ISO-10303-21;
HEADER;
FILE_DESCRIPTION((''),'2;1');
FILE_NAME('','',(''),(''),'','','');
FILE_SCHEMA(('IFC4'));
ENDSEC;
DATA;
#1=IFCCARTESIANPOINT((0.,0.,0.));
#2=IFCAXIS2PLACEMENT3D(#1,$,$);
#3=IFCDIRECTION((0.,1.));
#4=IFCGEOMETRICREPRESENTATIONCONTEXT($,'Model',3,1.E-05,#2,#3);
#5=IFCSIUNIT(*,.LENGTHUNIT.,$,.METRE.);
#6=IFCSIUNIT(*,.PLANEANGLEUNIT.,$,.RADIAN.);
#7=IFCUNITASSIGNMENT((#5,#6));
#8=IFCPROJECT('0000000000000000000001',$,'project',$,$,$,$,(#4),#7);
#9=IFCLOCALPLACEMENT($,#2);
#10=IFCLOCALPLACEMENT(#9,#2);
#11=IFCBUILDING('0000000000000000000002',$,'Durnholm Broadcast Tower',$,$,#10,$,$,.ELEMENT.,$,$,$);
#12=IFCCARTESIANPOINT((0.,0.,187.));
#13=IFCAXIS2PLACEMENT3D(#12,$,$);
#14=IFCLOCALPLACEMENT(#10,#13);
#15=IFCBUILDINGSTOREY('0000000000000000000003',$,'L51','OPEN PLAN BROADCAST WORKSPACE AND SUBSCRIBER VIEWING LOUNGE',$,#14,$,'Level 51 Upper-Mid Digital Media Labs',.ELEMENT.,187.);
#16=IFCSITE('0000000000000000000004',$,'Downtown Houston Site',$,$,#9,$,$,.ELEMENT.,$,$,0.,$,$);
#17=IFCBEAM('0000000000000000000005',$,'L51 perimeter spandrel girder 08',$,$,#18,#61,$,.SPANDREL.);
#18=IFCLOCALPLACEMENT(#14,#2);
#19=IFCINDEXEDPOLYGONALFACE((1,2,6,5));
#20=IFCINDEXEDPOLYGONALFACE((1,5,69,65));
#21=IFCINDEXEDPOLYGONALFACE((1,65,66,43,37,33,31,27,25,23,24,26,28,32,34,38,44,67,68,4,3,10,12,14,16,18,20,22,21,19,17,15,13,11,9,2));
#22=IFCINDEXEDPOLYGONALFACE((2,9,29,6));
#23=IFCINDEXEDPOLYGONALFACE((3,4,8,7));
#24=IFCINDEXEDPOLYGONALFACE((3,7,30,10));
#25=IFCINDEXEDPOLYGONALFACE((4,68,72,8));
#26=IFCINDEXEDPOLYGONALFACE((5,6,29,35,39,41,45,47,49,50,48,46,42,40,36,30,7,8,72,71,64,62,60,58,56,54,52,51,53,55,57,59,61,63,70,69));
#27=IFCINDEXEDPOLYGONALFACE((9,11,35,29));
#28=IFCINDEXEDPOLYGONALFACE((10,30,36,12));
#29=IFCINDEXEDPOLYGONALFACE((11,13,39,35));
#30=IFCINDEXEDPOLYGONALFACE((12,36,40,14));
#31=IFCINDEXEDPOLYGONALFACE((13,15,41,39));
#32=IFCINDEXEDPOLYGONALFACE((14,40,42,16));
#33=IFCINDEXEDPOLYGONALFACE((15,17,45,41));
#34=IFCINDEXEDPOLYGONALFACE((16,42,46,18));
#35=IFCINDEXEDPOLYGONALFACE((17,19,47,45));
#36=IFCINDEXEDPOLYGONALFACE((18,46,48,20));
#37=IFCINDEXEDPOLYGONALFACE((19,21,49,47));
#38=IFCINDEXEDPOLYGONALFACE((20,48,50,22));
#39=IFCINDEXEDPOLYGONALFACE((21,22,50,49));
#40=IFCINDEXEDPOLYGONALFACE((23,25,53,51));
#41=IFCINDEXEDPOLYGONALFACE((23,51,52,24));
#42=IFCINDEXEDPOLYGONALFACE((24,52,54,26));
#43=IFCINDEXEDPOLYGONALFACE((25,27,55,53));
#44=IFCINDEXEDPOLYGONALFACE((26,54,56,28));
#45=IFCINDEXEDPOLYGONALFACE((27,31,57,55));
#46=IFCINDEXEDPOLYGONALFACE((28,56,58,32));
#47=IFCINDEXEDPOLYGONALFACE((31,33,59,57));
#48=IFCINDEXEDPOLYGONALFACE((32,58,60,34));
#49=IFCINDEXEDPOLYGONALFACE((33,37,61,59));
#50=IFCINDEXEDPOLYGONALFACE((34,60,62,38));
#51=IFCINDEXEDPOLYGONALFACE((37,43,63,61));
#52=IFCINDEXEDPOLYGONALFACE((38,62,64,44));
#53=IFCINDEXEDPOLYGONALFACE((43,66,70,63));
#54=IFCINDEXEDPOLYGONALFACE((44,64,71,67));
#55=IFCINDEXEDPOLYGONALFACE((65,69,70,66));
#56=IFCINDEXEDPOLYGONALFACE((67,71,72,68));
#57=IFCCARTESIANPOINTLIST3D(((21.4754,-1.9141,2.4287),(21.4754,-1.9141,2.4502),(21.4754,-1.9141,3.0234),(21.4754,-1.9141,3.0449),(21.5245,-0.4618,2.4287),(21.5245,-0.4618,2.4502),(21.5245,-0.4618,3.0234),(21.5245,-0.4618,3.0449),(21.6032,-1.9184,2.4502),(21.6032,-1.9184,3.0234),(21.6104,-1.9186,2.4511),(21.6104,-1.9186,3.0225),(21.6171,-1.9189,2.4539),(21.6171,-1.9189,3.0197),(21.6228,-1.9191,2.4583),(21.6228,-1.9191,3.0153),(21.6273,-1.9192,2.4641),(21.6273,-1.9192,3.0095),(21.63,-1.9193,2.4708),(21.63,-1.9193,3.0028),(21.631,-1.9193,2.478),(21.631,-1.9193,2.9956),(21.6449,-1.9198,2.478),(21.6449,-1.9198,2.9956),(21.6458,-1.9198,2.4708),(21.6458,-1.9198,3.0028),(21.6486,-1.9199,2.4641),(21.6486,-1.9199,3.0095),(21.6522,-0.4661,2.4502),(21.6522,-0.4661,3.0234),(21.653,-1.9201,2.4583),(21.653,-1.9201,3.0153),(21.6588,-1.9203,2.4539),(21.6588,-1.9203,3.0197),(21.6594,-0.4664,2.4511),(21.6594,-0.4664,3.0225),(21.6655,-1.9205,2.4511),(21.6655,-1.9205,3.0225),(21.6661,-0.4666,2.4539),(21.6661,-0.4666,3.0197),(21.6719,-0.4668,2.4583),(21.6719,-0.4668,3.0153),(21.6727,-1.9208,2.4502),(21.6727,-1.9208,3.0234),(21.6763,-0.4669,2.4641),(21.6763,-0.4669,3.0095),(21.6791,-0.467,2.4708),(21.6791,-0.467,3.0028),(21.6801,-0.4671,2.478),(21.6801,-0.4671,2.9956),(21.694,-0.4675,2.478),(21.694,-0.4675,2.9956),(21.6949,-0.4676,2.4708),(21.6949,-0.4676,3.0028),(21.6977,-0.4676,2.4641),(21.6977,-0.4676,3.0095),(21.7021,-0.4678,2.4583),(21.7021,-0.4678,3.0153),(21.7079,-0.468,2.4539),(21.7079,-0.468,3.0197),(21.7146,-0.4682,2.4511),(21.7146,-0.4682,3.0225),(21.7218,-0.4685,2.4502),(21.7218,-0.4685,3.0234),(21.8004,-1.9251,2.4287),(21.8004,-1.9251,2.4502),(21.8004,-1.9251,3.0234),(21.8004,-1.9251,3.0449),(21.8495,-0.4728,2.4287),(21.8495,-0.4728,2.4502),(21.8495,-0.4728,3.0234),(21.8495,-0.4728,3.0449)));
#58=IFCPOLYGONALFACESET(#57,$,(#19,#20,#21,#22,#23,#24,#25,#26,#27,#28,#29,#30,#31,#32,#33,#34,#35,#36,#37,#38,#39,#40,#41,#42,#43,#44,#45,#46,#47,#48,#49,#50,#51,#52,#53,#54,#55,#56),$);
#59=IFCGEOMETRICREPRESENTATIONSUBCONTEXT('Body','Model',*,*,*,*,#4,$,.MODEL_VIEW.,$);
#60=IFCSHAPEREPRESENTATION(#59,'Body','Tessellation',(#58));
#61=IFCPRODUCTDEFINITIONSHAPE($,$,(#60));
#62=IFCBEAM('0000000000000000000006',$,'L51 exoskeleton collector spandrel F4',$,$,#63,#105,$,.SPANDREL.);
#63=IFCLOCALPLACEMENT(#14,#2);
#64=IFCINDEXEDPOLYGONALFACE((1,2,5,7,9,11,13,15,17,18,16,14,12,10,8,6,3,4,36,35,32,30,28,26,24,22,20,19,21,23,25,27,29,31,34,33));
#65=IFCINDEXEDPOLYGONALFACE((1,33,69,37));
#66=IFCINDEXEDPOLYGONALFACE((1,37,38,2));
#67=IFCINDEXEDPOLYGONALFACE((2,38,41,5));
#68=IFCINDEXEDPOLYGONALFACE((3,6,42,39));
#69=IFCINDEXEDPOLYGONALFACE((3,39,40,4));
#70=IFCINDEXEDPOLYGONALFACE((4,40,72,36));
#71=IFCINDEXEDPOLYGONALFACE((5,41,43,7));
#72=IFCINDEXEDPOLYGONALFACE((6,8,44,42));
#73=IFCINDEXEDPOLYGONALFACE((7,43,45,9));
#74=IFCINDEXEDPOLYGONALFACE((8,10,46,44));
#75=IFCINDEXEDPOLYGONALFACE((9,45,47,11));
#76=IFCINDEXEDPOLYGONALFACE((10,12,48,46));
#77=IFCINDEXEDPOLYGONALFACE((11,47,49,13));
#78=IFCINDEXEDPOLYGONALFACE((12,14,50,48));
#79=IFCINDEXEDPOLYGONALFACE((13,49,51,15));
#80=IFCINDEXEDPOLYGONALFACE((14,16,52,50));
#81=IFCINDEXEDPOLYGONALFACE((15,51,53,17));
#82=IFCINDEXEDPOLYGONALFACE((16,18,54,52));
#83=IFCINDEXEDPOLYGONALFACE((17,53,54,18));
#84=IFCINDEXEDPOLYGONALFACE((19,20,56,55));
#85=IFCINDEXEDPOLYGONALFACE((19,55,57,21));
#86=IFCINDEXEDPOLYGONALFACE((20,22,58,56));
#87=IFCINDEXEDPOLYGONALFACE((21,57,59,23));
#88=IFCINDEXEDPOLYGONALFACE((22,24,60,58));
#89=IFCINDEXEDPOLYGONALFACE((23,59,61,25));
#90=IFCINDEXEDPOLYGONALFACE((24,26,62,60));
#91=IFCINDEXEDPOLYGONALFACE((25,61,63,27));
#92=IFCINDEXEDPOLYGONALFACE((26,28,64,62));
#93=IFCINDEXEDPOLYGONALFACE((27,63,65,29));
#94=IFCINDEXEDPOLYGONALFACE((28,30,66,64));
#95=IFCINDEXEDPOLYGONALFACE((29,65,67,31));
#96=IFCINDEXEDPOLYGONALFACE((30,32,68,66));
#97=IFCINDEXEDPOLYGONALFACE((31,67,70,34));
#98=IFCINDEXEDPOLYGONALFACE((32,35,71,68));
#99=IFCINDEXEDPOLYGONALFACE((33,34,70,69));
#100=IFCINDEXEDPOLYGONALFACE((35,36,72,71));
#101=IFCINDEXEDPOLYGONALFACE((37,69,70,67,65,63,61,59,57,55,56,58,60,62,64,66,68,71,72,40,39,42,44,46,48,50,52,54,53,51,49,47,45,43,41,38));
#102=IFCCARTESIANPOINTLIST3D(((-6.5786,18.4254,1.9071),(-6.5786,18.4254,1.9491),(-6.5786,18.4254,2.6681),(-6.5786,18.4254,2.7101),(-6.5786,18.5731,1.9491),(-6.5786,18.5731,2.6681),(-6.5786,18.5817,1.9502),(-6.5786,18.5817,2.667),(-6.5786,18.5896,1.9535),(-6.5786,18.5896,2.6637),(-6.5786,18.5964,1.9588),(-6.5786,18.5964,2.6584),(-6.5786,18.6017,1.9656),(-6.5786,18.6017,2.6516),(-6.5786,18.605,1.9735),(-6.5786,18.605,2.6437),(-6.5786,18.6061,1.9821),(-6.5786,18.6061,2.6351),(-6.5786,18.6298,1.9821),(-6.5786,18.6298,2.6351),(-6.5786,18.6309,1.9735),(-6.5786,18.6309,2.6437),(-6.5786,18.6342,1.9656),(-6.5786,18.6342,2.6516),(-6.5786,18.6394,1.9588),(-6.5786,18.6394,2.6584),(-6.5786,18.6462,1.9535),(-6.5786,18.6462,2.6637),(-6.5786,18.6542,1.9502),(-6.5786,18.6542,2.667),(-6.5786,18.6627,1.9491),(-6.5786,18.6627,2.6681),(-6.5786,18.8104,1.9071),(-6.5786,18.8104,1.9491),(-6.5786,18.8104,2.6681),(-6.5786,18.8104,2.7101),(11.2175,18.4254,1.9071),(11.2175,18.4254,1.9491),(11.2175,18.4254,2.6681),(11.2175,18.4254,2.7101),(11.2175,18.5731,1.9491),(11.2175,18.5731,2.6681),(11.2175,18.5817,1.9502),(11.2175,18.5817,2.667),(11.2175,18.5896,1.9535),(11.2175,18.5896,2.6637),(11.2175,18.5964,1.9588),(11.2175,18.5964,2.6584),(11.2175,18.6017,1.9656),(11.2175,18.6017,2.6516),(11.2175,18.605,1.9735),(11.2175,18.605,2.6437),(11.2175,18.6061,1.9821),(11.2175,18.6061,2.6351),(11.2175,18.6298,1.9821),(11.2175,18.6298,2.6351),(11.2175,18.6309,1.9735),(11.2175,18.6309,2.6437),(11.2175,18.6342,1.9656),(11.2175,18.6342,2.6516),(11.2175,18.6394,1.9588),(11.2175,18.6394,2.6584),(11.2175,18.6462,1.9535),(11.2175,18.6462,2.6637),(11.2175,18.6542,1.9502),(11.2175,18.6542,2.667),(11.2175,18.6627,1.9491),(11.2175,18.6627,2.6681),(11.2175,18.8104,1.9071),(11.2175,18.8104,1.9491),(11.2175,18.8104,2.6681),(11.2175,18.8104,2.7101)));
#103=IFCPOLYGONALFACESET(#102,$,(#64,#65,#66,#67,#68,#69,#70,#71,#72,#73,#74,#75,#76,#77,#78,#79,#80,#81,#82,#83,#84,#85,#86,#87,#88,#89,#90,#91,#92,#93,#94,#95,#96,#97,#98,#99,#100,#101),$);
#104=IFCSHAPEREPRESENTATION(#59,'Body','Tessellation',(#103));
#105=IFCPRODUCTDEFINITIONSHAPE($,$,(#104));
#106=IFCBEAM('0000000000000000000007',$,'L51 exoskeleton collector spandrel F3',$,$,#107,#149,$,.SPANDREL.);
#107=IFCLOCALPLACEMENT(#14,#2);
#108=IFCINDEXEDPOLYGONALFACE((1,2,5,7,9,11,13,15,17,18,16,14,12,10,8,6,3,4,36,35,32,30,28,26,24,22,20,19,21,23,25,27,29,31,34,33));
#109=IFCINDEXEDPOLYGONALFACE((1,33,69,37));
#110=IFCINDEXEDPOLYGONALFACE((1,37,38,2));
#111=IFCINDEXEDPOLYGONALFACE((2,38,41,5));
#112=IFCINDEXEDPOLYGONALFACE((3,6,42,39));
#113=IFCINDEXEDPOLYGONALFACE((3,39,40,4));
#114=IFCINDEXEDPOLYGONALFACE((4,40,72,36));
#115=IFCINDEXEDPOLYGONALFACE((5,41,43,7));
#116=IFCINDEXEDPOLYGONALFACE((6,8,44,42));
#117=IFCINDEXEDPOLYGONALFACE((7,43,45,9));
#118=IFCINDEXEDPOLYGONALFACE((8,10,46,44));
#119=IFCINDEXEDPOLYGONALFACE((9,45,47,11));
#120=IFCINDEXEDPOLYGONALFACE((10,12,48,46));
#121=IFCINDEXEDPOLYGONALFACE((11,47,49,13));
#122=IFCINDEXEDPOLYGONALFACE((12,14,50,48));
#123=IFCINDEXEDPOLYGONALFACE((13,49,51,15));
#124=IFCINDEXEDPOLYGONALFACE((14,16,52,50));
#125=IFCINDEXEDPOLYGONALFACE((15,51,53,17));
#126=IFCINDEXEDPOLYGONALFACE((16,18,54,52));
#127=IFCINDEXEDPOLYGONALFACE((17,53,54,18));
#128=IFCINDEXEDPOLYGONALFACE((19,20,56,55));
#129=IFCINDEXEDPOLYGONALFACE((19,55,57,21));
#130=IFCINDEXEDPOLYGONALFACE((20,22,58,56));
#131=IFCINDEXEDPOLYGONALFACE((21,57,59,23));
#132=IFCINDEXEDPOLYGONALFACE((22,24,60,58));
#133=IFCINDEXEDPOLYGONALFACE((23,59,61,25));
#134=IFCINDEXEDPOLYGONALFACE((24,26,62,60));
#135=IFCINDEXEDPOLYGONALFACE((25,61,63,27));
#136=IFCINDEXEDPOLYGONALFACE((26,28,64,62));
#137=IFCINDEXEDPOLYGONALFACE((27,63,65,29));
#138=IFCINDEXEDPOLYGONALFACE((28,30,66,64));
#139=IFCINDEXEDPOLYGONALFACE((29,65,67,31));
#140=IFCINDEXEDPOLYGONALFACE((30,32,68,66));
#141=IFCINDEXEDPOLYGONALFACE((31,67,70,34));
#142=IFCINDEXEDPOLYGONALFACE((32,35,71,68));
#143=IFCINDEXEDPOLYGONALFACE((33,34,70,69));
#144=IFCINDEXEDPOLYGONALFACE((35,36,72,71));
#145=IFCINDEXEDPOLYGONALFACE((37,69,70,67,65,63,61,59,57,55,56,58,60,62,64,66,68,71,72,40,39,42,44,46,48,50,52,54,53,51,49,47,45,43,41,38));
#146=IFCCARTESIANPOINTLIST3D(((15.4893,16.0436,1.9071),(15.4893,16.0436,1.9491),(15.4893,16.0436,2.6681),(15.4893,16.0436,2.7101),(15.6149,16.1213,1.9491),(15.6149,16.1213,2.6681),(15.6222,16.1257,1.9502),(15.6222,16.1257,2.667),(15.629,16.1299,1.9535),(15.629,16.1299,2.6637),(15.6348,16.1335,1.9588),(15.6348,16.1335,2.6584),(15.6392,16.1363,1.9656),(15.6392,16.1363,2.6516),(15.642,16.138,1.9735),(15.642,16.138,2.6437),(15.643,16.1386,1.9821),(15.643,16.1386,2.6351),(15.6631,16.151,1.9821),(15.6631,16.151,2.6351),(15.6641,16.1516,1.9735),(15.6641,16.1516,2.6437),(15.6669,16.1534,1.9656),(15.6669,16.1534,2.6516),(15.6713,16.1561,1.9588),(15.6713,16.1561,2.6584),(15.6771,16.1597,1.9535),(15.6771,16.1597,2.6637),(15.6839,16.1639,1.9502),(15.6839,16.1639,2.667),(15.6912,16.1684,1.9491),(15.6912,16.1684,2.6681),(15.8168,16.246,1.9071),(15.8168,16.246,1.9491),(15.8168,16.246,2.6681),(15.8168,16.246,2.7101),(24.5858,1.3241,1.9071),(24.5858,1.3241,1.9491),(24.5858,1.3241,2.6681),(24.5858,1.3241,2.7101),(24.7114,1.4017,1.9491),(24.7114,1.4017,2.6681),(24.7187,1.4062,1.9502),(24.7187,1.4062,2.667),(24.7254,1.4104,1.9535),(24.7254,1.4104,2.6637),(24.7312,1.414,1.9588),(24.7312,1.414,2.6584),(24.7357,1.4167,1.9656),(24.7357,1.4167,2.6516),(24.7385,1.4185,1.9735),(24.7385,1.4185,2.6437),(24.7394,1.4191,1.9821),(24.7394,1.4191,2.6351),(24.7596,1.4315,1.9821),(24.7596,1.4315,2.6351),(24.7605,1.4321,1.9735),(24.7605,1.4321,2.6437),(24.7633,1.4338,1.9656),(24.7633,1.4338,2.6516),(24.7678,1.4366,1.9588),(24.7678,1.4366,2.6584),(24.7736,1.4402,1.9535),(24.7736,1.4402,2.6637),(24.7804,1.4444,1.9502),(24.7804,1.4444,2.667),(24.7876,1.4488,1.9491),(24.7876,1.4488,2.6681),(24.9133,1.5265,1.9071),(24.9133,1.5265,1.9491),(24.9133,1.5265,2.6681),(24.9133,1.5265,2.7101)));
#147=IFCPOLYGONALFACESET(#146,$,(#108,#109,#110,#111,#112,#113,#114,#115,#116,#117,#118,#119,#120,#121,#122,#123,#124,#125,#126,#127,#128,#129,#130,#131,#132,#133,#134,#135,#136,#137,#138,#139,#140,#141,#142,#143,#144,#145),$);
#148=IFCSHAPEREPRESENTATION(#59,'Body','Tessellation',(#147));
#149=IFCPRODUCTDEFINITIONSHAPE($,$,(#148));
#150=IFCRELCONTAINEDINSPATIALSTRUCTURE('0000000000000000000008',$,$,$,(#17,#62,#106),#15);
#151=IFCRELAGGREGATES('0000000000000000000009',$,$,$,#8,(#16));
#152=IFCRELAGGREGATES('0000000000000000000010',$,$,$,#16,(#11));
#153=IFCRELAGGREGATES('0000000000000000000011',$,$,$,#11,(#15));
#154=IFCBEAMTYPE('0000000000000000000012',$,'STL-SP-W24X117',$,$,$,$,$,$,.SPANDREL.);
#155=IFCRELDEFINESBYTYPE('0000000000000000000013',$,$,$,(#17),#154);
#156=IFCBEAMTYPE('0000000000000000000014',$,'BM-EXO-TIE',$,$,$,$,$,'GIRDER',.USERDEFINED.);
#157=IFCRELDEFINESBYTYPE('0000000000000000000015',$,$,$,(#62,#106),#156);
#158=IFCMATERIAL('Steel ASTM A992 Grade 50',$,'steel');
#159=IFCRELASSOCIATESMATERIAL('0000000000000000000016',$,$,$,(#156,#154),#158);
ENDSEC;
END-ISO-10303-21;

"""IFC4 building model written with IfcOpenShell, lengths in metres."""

from ifc_helpers import new_model, si_unit, direction, frame, origin, origin_2d, place, context, subcontext, project, spatial, i_section, extrude, source, transform, mapped, material, material_profile, profile_set, type_object, element, save


model = new_model("IFC4")

# Units and contexts
model_context = context("Model", 3, precision=1e-05, world=origin(), true_north=direction((0.0, 1.0)))
body_context = subcontext(model_context, "Body", "Model", "MODEL_VIEW")
ifc_project = project(units=[si_unit("LENGTHUNIT", "METRE"), si_unit("PLANEANGLEUNIT", "RADIAN")], contexts=[model_context])

# Site, building, storey
site_placement = place(None, origin())
site = spatial("IfcSite", under=ifc_project, at=site_placement, Name="Downtown Houston Site", CompositionType="ELEMENT", RefElevation=0.0)
building_placement = place(site_placement, origin())
building = spatial("IfcBuilding", under=site, at=building_placement, Name="Durnholm Broadcast Tower", CompositionType="ELEMENT")
storey_placement = place(building_placement, frame((0.0, 0.0, 187.0)))
storey = spatial("IfcBuildingStorey", under=building, at=storey_placement, Name="L51", Description="OPEN PLAN BROADCAST WORKSPACE AND SUBSCRIBER VIEWING LOUNGE", LongName="Level 51 Upper-Mid Digital Media Labs", CompositionType="ELEMENT", Elevation=187.0)

# Beams
ifc_material_1 = material(Name="Steel ASTM A992 Grade 50", Category="steel")
ifc_material_profile_1 = material_profile(ifc_material_1, i_section(OverallWidth=0.385, OverallDepth=0.803, WebThickness=0.0237, FlangeThickness=0.042, FilletRadius=0.033, at=origin_2d()), Name="W30X261")
ifc_profile_set_1 = profile_set([ifc_material_profile_1], Name="Steel ASTM A992 Grade 50")
beam_type_1 = type_object("IfcBeamType", Name="BM-EXO-TIE", ElementType="GIRDER", PredefinedType="USERDEFINED", material=ifc_profile_set_1)
ifc_material_profile_2 = material_profile(ifc_material_1, i_section(OverallWidth=0.3252, OverallDepth=0.6162, WebThickness=0.0139, FlangeThickness=0.0215, FilletRadius=0.0278, at=origin_2d()), Name="W24X117")
ifc_profile_set_2 = profile_set([ifc_material_profile_2], Name="Steel ASTM A992 Grade 50")
beam_type_2 = type_object("IfcBeamType", Name="STL-SP-W24X117", PredefinedType="SPANDREL", material=ifc_profile_set_2)
shared_shape_1 = source(origin(), body_context, "Body", "SweptSolid", [
    extrude(i_section(OverallWidth=0.3252, OverallDepth=0.6162, WebThickness=0.0139, FlangeThickness=0.0215, FilletRadius=0.0278, at=origin_2d()), origin(), (0.0, 0.0, 1.0), 1.4531),
])
beam_1_placement = place(storey_placement, frame((21.687, -0.4673, 2.7368), z_axis=(-0.033768, -0.99943, 0.0), x_axis=(0.99943, -0.033768, 0.0)))
element("IfcBeam", 1, at=beam_1_placement, inside=storey, type_object=beam_type_2, Name="L51 perimeter spandrel girder 08", PredefinedType="SPANDREL", context=body_context, shape_type="MappedRepresentation", body=[
    mapped(shared_shape_1, transform((0.0, 0.0, 0.0), x_axis=(1.0, 0.0, 0.0), y_axis=(0.0, 1.0, 0.0), z_axis=(0.0, 0.0, 1.0), scale=1.0)),
])
shared_shape_2 = source(origin(), body_context, "Body", "SweptSolid", [
    extrude(i_section(OverallWidth=0.385, OverallDepth=0.803, WebThickness=0.0237, FlangeThickness=0.042, FilletRadius=0.033, at=origin_2d()), origin(), (0.0, 0.0, 1.0), 17.7961),
])
beam_2_placement = place(storey_placement, frame((11.2175, 18.6179, 2.3086), z_axis=(-1.0, 0.0, 0.0), x_axis=(0.0, -1.0, 0.0)))
element("IfcBeam", 2, at=beam_2_placement, inside=storey, type_object=beam_type_1, Name="L51 exoskeleton collector spandrel F4", PredefinedType="SPANDREL", context=body_context, shape_type="MappedRepresentation", body=[
    mapped(shared_shape_2, transform((0.0, 0.0, 0.0), x_axis=(1.0, 0.0, 0.0), y_axis=(0.0, 1.0, 0.0), z_axis=(0.0, 0.0, 1.0), scale=1.0)),
])
shared_shape_3 = source(origin(), body_context, "Body", "SweptSolid", [
    extrude(i_section(OverallWidth=0.385, OverallDepth=0.803, WebThickness=0.0237, FlangeThickness=0.042, FilletRadius=0.033, at=origin_2d()), origin(), (0.0, 0.0, 1.0), 17.3035),
])
beam_3_placement = place(storey_placement, frame((24.7495, 1.4253, 2.3086), z_axis=(-0.525702, 0.850669, 0.0), x_axis=(-0.850669, -0.525702, 0.0)))
element("IfcBeam", 3, at=beam_3_placement, inside=storey, type_object=beam_type_1, Name="L51 exoskeleton collector spandrel F3", PredefinedType="SPANDREL", context=body_context, shape_type="MappedRepresentation", body=[
    mapped(shared_shape_3, transform((0.0, 0.0, 0.0), x_axis=(1.0, 0.0, 0.0), y_axis=(0.0, 1.0, 0.0), z_axis=(0.0, 0.0, 1.0), scale=1.0)),
])

save(model, "model.ifc")
